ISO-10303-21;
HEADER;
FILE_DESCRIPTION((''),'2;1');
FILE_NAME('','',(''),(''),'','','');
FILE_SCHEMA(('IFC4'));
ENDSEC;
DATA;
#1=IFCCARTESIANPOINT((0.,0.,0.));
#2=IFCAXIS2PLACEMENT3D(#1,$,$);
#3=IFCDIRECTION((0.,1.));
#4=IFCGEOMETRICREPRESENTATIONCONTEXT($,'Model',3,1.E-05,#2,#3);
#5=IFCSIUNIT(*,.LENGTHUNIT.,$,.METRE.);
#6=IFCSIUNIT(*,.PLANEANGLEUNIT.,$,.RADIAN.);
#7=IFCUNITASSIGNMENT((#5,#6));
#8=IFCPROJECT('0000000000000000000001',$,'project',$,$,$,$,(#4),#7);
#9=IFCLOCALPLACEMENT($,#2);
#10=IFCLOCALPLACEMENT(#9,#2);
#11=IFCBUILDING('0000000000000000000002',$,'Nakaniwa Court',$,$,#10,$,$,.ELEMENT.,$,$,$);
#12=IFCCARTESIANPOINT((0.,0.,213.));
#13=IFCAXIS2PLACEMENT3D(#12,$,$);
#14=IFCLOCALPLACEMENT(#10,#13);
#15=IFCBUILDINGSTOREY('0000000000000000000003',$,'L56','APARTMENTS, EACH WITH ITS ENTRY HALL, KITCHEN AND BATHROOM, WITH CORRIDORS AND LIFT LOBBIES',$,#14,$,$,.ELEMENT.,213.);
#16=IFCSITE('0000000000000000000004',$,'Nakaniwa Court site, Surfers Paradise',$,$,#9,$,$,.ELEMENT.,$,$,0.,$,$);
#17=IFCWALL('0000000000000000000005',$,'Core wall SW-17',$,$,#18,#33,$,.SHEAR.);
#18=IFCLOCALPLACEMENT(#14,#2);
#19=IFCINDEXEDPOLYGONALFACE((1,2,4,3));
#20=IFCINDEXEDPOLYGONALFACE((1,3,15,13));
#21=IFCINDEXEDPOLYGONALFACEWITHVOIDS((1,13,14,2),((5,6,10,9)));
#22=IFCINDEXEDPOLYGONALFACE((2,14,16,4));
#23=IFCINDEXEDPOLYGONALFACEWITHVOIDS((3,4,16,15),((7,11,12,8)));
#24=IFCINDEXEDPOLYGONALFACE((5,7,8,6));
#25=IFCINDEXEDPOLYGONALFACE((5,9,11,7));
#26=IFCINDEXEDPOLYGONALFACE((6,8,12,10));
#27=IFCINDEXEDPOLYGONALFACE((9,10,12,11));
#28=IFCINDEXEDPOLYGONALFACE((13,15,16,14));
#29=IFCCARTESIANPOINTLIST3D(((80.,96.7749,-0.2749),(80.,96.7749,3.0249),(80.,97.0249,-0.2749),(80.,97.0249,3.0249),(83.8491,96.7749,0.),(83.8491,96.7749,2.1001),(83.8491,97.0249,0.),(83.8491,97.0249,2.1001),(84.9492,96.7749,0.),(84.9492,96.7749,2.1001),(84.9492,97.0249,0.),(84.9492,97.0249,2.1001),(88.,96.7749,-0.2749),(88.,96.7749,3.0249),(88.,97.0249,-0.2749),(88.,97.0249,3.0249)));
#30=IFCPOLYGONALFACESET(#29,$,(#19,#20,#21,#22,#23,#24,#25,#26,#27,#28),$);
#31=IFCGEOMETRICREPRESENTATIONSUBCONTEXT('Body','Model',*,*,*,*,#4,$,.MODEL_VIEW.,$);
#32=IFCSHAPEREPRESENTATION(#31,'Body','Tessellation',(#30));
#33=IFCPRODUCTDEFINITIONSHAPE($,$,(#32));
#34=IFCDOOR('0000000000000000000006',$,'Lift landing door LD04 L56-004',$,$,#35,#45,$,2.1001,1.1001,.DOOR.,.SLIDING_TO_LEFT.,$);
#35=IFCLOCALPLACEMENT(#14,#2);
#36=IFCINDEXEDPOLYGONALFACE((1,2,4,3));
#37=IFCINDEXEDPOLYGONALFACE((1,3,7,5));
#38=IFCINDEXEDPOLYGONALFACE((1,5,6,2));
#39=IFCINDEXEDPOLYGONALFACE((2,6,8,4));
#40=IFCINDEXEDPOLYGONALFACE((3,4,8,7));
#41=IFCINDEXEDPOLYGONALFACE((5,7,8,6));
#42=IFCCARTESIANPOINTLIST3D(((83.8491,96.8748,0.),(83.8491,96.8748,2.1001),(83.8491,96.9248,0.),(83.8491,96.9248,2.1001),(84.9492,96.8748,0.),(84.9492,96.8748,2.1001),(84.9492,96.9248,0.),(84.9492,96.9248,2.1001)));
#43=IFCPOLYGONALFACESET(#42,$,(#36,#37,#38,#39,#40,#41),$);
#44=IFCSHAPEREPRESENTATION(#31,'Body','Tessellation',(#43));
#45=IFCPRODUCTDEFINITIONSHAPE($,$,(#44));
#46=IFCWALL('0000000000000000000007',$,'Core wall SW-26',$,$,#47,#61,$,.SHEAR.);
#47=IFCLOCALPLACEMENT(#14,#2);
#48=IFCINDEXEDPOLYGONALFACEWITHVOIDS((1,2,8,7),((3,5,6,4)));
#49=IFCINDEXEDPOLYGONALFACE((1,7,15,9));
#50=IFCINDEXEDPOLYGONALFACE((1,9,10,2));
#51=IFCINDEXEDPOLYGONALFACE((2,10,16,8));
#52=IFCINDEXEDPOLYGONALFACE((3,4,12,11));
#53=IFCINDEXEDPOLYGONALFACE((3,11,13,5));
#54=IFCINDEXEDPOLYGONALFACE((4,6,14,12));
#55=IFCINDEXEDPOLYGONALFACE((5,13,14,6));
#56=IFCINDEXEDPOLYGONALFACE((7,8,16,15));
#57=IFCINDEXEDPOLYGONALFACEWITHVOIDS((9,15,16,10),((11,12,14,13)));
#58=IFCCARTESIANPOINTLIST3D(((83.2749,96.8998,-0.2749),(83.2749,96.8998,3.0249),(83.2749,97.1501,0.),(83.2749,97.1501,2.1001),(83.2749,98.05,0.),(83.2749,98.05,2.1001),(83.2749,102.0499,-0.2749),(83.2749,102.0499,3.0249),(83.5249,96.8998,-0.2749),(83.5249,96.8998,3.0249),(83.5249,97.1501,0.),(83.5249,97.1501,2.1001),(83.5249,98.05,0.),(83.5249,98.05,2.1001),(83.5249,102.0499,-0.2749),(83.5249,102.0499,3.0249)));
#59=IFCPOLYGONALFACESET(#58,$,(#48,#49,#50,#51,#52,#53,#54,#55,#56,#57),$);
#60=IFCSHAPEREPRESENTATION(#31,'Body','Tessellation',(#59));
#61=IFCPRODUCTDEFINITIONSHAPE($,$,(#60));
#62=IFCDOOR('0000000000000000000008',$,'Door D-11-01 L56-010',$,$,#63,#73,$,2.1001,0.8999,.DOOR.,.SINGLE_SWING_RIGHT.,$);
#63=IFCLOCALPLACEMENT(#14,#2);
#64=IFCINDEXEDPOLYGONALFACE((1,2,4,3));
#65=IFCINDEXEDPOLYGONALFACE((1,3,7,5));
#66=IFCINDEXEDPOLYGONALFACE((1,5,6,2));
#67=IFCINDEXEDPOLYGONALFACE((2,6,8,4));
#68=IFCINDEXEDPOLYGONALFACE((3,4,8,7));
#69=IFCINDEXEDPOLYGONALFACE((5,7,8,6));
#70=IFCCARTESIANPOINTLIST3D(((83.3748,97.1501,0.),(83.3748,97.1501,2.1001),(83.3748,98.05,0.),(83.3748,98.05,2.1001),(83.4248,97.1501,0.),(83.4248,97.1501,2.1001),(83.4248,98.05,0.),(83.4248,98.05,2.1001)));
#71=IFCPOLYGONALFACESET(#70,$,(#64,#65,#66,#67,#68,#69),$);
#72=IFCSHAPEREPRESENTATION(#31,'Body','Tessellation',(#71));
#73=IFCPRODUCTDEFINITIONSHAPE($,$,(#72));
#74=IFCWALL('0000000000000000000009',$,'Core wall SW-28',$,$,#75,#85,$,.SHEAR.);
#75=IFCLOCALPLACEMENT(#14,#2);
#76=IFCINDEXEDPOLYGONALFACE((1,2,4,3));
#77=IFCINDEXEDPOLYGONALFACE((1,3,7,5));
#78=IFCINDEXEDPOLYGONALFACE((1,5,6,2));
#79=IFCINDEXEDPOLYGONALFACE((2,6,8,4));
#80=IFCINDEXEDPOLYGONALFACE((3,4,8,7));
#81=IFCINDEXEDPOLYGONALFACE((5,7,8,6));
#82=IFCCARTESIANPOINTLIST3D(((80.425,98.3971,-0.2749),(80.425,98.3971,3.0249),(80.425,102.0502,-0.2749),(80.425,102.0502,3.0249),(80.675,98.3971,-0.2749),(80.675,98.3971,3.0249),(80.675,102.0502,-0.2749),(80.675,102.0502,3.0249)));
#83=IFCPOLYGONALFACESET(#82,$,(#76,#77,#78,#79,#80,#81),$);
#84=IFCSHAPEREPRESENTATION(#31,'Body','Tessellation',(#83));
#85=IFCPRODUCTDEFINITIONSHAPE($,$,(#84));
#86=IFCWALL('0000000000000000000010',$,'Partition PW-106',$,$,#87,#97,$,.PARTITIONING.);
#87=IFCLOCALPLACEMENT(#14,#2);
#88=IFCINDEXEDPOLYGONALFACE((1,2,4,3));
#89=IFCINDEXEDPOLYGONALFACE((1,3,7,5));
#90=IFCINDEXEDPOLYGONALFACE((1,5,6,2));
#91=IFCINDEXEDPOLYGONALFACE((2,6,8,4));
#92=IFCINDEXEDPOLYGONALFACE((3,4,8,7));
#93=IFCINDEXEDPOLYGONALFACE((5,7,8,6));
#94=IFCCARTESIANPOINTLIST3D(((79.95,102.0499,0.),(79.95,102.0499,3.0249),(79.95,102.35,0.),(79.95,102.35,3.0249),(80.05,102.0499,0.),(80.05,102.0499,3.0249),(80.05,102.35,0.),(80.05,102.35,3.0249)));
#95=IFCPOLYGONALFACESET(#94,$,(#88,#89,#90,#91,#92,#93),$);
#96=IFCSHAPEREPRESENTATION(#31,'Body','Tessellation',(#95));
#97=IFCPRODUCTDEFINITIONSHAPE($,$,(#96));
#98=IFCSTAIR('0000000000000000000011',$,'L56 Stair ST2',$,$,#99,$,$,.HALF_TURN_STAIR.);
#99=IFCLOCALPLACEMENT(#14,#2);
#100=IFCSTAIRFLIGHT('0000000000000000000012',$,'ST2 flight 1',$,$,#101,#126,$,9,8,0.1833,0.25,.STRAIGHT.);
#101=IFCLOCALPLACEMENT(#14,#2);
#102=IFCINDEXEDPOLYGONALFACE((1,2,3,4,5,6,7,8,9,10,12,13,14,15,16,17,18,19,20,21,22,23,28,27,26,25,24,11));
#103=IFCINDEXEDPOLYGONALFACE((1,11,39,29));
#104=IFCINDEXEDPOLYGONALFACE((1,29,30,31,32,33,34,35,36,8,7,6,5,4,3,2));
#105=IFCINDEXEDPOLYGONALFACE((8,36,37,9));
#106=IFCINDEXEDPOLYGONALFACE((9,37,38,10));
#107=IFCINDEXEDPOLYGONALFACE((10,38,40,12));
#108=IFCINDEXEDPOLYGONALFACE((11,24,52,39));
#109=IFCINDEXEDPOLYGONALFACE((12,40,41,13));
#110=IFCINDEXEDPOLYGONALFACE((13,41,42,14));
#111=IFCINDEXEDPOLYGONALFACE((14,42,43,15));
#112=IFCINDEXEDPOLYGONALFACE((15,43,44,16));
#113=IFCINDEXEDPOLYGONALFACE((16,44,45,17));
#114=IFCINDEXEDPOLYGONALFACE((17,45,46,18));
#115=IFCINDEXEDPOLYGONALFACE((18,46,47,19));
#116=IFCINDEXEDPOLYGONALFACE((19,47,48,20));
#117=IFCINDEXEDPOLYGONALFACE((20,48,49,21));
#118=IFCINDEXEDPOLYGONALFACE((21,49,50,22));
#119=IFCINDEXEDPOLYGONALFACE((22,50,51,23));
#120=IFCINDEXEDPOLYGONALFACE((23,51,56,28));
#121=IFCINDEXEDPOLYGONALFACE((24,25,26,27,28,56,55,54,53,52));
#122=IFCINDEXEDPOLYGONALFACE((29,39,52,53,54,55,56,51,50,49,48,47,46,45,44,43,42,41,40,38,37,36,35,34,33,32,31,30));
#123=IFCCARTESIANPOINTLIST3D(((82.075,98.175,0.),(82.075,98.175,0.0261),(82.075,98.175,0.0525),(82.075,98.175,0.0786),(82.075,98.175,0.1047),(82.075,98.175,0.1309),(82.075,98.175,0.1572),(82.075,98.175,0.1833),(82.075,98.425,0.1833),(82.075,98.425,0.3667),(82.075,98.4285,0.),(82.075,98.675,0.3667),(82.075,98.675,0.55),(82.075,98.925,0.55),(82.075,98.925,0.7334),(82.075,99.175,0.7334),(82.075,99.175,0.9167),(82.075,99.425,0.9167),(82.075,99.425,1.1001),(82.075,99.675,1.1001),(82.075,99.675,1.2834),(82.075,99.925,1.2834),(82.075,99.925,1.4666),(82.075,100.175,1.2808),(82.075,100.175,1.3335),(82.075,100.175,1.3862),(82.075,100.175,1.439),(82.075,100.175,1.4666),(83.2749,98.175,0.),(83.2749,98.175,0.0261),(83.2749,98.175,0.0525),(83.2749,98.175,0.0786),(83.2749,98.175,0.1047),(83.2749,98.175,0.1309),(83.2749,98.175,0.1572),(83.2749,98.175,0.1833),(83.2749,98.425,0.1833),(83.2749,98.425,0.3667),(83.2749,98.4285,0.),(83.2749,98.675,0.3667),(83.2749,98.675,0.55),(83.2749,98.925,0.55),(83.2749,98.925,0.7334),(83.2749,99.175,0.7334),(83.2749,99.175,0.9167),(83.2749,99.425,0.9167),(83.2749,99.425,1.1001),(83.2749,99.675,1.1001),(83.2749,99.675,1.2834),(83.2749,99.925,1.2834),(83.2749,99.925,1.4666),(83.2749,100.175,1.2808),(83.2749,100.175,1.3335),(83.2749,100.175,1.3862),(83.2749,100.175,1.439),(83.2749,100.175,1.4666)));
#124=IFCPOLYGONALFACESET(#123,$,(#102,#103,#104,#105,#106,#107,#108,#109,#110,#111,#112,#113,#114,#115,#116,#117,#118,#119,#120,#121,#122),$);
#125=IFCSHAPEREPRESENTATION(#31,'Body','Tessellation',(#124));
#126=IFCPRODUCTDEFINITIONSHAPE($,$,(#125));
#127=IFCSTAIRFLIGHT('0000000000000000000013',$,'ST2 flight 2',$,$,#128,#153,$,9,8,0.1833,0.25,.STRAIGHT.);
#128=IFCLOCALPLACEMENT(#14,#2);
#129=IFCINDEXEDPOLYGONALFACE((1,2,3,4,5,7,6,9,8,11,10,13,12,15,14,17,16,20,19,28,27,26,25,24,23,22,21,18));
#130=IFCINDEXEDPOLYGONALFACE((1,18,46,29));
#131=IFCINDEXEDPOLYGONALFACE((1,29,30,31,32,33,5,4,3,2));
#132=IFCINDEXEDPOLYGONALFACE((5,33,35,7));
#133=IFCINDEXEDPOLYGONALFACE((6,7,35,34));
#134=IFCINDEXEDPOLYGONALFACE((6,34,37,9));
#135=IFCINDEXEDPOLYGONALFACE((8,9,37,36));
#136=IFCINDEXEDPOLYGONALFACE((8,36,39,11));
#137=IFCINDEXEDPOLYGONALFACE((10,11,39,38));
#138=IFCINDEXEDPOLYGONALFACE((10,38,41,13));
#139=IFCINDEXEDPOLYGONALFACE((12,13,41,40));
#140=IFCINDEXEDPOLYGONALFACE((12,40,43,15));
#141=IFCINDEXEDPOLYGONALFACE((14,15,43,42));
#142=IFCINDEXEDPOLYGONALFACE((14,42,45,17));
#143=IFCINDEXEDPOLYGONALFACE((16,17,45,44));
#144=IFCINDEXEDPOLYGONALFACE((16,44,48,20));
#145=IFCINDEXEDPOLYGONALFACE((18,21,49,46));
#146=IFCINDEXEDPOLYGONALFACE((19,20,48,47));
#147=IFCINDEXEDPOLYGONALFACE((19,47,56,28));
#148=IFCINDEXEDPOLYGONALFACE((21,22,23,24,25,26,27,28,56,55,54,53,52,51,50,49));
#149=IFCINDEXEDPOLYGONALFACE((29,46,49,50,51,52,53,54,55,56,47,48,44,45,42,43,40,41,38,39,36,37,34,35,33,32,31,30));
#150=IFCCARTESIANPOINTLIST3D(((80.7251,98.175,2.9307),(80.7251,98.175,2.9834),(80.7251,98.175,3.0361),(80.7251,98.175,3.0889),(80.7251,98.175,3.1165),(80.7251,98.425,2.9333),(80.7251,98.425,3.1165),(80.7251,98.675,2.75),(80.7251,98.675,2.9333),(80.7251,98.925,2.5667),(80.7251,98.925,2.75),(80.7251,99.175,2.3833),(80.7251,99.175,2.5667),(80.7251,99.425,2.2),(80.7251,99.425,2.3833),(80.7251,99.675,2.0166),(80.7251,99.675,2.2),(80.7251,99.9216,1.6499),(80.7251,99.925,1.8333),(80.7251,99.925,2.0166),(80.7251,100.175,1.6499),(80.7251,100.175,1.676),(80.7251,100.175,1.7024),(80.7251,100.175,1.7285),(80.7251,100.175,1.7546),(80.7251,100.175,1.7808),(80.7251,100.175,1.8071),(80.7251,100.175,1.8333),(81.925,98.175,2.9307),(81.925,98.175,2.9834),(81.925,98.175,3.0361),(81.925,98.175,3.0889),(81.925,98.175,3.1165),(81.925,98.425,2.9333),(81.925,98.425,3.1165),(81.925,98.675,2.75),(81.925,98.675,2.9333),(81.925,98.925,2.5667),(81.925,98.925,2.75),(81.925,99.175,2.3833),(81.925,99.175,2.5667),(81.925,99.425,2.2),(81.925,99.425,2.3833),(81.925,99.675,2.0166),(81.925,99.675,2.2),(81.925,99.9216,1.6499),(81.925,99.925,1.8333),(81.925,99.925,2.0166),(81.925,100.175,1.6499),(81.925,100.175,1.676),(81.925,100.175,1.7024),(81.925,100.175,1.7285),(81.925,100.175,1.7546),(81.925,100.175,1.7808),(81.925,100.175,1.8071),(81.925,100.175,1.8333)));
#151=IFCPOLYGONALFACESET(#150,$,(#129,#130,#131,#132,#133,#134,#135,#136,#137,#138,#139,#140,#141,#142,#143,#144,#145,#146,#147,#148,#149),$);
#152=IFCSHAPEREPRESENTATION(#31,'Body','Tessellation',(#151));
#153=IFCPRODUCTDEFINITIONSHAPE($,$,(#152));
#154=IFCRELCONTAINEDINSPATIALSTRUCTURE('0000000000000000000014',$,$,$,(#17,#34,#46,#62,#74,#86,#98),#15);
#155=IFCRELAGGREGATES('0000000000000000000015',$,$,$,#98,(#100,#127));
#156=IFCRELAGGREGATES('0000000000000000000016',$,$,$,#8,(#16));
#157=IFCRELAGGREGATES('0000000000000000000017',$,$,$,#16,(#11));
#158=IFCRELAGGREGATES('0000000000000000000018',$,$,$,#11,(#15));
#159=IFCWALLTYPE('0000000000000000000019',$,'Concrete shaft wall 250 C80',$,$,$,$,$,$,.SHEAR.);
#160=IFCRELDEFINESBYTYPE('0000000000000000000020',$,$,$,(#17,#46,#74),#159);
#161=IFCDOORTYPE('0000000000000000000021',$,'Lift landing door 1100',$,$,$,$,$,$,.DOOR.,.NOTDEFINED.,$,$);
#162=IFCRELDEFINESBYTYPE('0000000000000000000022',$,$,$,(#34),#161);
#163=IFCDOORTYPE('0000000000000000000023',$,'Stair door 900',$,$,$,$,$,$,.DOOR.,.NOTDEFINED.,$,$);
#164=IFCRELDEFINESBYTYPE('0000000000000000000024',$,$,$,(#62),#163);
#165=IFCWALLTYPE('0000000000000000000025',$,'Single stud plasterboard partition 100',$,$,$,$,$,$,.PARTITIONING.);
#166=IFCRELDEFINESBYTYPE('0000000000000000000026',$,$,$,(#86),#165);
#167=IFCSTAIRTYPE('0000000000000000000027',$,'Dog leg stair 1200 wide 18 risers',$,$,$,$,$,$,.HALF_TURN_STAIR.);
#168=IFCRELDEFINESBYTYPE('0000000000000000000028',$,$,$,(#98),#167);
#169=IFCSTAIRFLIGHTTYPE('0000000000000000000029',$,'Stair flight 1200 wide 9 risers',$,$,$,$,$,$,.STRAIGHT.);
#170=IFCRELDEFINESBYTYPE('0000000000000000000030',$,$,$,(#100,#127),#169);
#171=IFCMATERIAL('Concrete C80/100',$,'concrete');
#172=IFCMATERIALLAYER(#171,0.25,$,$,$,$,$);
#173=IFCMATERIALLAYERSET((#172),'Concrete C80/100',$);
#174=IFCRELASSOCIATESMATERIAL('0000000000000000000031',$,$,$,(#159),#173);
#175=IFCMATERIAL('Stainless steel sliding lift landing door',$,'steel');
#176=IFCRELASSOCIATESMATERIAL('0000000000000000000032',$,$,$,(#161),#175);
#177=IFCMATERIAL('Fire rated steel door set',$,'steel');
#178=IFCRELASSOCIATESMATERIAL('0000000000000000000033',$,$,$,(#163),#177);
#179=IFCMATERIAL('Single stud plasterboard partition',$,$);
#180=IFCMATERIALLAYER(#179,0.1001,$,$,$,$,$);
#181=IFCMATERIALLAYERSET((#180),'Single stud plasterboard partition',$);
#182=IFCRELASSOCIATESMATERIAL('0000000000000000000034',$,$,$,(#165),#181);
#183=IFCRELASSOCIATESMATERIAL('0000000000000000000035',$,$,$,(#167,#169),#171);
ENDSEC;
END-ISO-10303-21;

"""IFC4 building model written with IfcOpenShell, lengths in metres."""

from ifc_helpers import new_model, si_unit, direction, frame, frame_2d, origin, place, context, subcontext, project, spatial, polyline, rectangle, outline, extrude, material, layer, layer_set, type_object, element, fill, aggregate, save


model = new_model("IFC4")

# Units and contexts
model_context = context("Model", 3, precision=1e-05, world=origin(), true_north=direction((0.0, 1.0)))
body_context = subcontext(model_context, "Body", "Model", "MODEL_VIEW")
ifc_project = project(units=[si_unit("LENGTHUNIT", "METRE"), si_unit("PLANEANGLEUNIT", "RADIAN")], contexts=[model_context])

# Site, building, storey
site_placement = place(None, origin())
site = spatial("IfcSite", under=ifc_project, at=site_placement, Name="Nakaniwa Court site, Surfers Paradise", CompositionType="ELEMENT", RefElevation=0.0)
building_placement = place(site_placement, origin())
building = spatial("IfcBuilding", under=site, at=building_placement, Name="Nakaniwa Court", CompositionType="ELEMENT")
storey_placement = place(building_placement, frame((0.0, 0.0, 213.0)))
storey = spatial("IfcBuildingStorey", under=building, at=storey_placement, Name="L56", Description="APARTMENTS, EACH WITH ITS ENTRY HALL, KITCHEN AND BATHROOM, WITH CORRIDORS AND LIFT LOBBIES", CompositionType="ELEMENT", Elevation=213.0)

# Shared definitions
ifc_material_1 = material(Name="Concrete C80/100", Category="concrete")

# Walls, openings, doors
ifc_layer_1 = layer(ifc_material_1, 0.25)
ifc_layer_set_1 = layer_set([ifc_layer_1], Name="Concrete C80/100")
wall_type_1 = type_object("IfcWallType", Name="Concrete shaft wall 250 C80", PredefinedType="SHEAR", material=ifc_layer_set_1)
wall_1_placement = place(storey_placement, frame((80.0, 96.8999, -0.2749), z_axis=(0.0, 0.0, 1.0), x_axis=(1.0, 0.0, 0.0)))
wall_1 = element("IfcWall", 1, at=wall_1_placement, inside=storey, type_object=wall_type_1, Name="Core wall SW-17", PredefinedType="SHEAR", context=body_context, shape_type="SweptSolid", body=[
    extrude(rectangle(XDim=8.0, YDim=0.25, at=frame_2d((4.0, 0.0))), origin(), (0.0, 0.0, 1.0), 3.2998),
])
opening_1_placement = place(wall_1_placement, frame((3.8491, 0.0, 0.2749)))
opening_1 = element("IfcOpeningElement", 2, at=opening_1_placement, cuts=wall_1, PredefinedType="OPENING", context=body_context, shape_type="SweptSolid", body=[
    extrude(rectangle(XDim=1.1001, YDim=2.1001, at=frame_2d((0.55, 1.05))), frame((0.0, 0.135, 0.0), z_axis=(0.0, -1.0, 0.0), x_axis=(1.0, 0.0, 0.0)), (0.0, 0.0, 1.0), 0.27),
])
ifc_material_2 = material(Name="Stainless steel sliding lift landing door", Category="steel")
door_type_1 = type_object("IfcDoorType", Name="Lift landing door 1100", OperationType="NOTDEFINED", PredefinedType="DOOR", material=ifc_material_2)
door_1_placement = place(opening_1_placement, origin())
door_1 = element("IfcDoor", 3, at=door_1_placement, inside=storey, type_object=door_type_1, Name="Lift landing door LD04 L56-004", OperationType="SLIDING_TO_LEFT", OverallHeight=2.1001, OverallWidth=1.1001, PredefinedType="DOOR", context=body_context, shape_type="SweptSolid", body=[
    extrude(rectangle(XDim=1.1001, YDim=2.1001, at=frame_2d((0.55, 1.05))), frame((0.0, 0.0249, 0.0), z_axis=(0.0, -1.0, 0.0), x_axis=(1.0, 0.0, 0.0)), (0.0, 0.0, 1.0), 0.05),
])
fill(opening_1, door_1)
wall_2_placement = place(storey_placement, frame((83.3999, 102.05, -0.2749), z_axis=(0.0, 0.0, 1.0), x_axis=(0.0, -1.0, 0.0)))
wall_2 = element("IfcWall", 4, at=wall_2_placement, inside=storey, type_object=wall_type_1, Name="Core wall SW-26", PredefinedType="SHEAR", context=body_context, shape_type="SweptSolid", body=[
    extrude(rectangle(XDim=5.1501, YDim=0.25, at=frame_2d((2.5752, 0.0))), origin(), (0.0, 0.0, 1.0), 3.2998),
])
opening_2_placement = place(wall_2_placement, frame((4.0, 0.0, 0.2749)))
opening_2 = element("IfcOpeningElement", 5, at=opening_2_placement, cuts=wall_2, PredefinedType="OPENING", context=body_context, shape_type="SweptSolid", body=[
    extrude(rectangle(XDim=0.8999, YDim=2.1001, at=frame_2d((0.45, 1.05))), frame((0.0, 0.135, 0.0), z_axis=(0.0, -1.0, 0.0), x_axis=(1.0, 0.0, 0.0)), (0.0, 0.0, 1.0), 0.27),
])
ifc_material_3 = material(Name="Fire rated steel door set", Category="steel")
door_type_2 = type_object("IfcDoorType", Name="Stair door 900", OperationType="NOTDEFINED", PredefinedType="DOOR", material=ifc_material_3)
door_2_placement = place(opening_2_placement, origin())
door_2 = element("IfcDoor", 6, at=door_2_placement, inside=storey, type_object=door_type_2, Name="Door D-11-01 L56-010", OperationType="SINGLE_SWING_RIGHT", OverallHeight=2.1001, OverallWidth=0.8999, PredefinedType="DOOR", context=body_context, shape_type="SweptSolid", body=[
    extrude(rectangle(XDim=0.8999, YDim=2.1001, at=frame_2d((0.45, 1.05))), frame((0.0, 0.0249, 0.0), z_axis=(0.0, -1.0, 0.0), x_axis=(1.0, 0.0, 0.0)), (0.0, 0.0, 1.0), 0.05),
])
fill(opening_2, door_2)

# Walls
wall_3_placement = place(storey_placement, frame((80.55, 98.397, -0.2749), z_axis=(0.0, 0.0, 1.0), x_axis=(0.0, 1.0, 0.0)))
element("IfcWall", 7, at=wall_3_placement, inside=storey, type_object=wall_type_1, Name="Core wall SW-28", PredefinedType="SHEAR", context=body_context, shape_type="SweptSolid", body=[
    extrude(rectangle(XDim=3.6531, YDim=0.25, at=frame_2d((1.8267, 0.0))), origin(), (0.0, 0.0, 1.0), 3.2998),
])
ifc_material_4 = material(Name="Single stud plasterboard partition")
ifc_layer_2 = layer(ifc_material_4, 0.1001)
ifc_layer_set_2 = layer_set([ifc_layer_2], Name="Single stud plasterboard partition")
wall_type_2 = type_object("IfcWallType", Name="Single stud plasterboard partition 100", PredefinedType="PARTITIONING", material=ifc_layer_set_2)
wall_4_placement = place(storey_placement, frame((80.0, 102.05, 0.0), z_axis=(0.0, 0.0, 1.0), x_axis=(0.0, 1.0, 0.0)))
element("IfcWall", 8, at=wall_4_placement, inside=storey, type_object=wall_type_2, Name="Partition PW-106", PredefinedType="PARTITIONING", context=body_context, shape_type="SweptSolid", body=[
    extrude(rectangle(XDim=0.3, YDim=0.1001, at=frame_2d((0.1499, 0.0))), origin(), (0.0, 0.0, 1.0), 3.0249),
])

# Stair, stair flights
stair_type = type_object("IfcStairType", Name="Dog leg stair 1200 wide 18 risers", PredefinedType="HALF_TURN_STAIR", material=ifc_material_1)
stair_placement = place(storey_placement, origin())
stair = element("IfcStair", 9, at=stair_placement, inside=storey, type_object=stair_type, Name="L56 Stair ST2", PredefinedType="HALF_TURN_STAIR")
stair_flight_type = type_object("IfcStairFlightType", Name="Stair flight 1200 wide 9 risers", PredefinedType="STRAIGHT", material=ifc_material_1)
stair_flight_1_placement = place(storey_placement, frame((82.675, 98.175, 0.0), z_axis=(0.0, 0.0, 1.0), x_axis=(0.0, 1.0, 0.0)))
stair_flight_1 = element("IfcStairFlight", 10, at=stair_flight_1_placement, type_object=stair_flight_type, Name="ST2 flight 1", NumberOfRisers=9, NumberOfTreads=8, PredefinedType="STRAIGHT", RiserHeight=0.1833, TreadLength=0.25, context=body_context, shape_type="SweptSolid", body=[
    extrude(outline(polyline([(0.0, 0.0), (0.0, 0.0261), (0.0, 0.0525), (0.0, 0.0786), (0.0, 0.1047), (0.0, 0.1309), (0.0, 0.1572), (0.0, 0.1833), (0.25, 0.1833), (0.25, 0.3667), (0.5, 0.3667), (0.5, 0.55), (0.75, 0.55), (0.75, 0.7334), (1.0, 0.7334), (1.0, 0.9167), (1.25, 0.9167), (1.25, 1.1001), (1.5, 1.1001), (1.5, 1.2834), (1.75, 1.2834), (1.75, 1.4666), (2.0, 1.4666), (2.0, 1.6499), (2.0, 1.5972), (2.0, 1.5444), (2.0, 1.4917), (2.0, 1.439), (2.0, 1.3862), (2.0, 1.3335), (2.0, 1.2808), (0.2534, 0.0), (0.0, 0.0)])), frame((0.0, 0.6001, 0.0), z_axis=(0.0, -1.0, 0.0), x_axis=(1.0, 0.0, 0.0)), (0.0, 0.0, 1.0), 1.2),
])
stair_flight_2_placement = place(storey_placement, frame((81.325, 100.175, 1.6499), z_axis=(0.0, 0.0, 1.0), x_axis=(0.0, -1.0, 0.0)))
stair_flight_2 = element("IfcStairFlight", 11, at=stair_flight_2_placement, type_object=stair_flight_type, Name="ST2 flight 2", NumberOfRisers=9, NumberOfTreads=8, PredefinedType="STRAIGHT", RiserHeight=0.1833, TreadLength=0.25, context=body_context, shape_type="SweptSolid", body=[
    extrude(outline(polyline([(0.0, 0.0), (0.0, 0.0261), (0.0, 0.0525), (0.0, 0.0786), (0.0, 0.1047), (0.0, 0.1309), (0.0, 0.1572), (0.0, 0.1833), (0.25, 0.1833), (0.25, 0.3667), (0.5, 0.3667), (0.5, 0.55), (0.75, 0.55), (0.75, 0.7334), (1.0, 0.7334), (1.0, 0.9167), (1.25, 0.9167), (1.25, 1.1001), (1.5, 1.1001), (1.5, 1.2834), (1.75, 1.2834), (1.75, 1.4666), (2.0, 1.4666), (2.0, 1.6499), (2.0, 1.5972), (2.0, 1.5444), (2.0, 1.4917), (2.0, 1.439), (2.0, 1.3862), (2.0, 1.3335), (2.0, 1.2808), (0.2534, 0.0), (0.0, 0.0)])), frame((0.0, 0.6001, 0.0), z_axis=(0.0, -1.0, 0.0), x_axis=(1.0, 0.0, 0.0)), (0.0, 0.0, 1.0), 1.2),
])
aggregate(stair, [stair_flight_1, stair_flight_2])

save(model, "model.ifc")
